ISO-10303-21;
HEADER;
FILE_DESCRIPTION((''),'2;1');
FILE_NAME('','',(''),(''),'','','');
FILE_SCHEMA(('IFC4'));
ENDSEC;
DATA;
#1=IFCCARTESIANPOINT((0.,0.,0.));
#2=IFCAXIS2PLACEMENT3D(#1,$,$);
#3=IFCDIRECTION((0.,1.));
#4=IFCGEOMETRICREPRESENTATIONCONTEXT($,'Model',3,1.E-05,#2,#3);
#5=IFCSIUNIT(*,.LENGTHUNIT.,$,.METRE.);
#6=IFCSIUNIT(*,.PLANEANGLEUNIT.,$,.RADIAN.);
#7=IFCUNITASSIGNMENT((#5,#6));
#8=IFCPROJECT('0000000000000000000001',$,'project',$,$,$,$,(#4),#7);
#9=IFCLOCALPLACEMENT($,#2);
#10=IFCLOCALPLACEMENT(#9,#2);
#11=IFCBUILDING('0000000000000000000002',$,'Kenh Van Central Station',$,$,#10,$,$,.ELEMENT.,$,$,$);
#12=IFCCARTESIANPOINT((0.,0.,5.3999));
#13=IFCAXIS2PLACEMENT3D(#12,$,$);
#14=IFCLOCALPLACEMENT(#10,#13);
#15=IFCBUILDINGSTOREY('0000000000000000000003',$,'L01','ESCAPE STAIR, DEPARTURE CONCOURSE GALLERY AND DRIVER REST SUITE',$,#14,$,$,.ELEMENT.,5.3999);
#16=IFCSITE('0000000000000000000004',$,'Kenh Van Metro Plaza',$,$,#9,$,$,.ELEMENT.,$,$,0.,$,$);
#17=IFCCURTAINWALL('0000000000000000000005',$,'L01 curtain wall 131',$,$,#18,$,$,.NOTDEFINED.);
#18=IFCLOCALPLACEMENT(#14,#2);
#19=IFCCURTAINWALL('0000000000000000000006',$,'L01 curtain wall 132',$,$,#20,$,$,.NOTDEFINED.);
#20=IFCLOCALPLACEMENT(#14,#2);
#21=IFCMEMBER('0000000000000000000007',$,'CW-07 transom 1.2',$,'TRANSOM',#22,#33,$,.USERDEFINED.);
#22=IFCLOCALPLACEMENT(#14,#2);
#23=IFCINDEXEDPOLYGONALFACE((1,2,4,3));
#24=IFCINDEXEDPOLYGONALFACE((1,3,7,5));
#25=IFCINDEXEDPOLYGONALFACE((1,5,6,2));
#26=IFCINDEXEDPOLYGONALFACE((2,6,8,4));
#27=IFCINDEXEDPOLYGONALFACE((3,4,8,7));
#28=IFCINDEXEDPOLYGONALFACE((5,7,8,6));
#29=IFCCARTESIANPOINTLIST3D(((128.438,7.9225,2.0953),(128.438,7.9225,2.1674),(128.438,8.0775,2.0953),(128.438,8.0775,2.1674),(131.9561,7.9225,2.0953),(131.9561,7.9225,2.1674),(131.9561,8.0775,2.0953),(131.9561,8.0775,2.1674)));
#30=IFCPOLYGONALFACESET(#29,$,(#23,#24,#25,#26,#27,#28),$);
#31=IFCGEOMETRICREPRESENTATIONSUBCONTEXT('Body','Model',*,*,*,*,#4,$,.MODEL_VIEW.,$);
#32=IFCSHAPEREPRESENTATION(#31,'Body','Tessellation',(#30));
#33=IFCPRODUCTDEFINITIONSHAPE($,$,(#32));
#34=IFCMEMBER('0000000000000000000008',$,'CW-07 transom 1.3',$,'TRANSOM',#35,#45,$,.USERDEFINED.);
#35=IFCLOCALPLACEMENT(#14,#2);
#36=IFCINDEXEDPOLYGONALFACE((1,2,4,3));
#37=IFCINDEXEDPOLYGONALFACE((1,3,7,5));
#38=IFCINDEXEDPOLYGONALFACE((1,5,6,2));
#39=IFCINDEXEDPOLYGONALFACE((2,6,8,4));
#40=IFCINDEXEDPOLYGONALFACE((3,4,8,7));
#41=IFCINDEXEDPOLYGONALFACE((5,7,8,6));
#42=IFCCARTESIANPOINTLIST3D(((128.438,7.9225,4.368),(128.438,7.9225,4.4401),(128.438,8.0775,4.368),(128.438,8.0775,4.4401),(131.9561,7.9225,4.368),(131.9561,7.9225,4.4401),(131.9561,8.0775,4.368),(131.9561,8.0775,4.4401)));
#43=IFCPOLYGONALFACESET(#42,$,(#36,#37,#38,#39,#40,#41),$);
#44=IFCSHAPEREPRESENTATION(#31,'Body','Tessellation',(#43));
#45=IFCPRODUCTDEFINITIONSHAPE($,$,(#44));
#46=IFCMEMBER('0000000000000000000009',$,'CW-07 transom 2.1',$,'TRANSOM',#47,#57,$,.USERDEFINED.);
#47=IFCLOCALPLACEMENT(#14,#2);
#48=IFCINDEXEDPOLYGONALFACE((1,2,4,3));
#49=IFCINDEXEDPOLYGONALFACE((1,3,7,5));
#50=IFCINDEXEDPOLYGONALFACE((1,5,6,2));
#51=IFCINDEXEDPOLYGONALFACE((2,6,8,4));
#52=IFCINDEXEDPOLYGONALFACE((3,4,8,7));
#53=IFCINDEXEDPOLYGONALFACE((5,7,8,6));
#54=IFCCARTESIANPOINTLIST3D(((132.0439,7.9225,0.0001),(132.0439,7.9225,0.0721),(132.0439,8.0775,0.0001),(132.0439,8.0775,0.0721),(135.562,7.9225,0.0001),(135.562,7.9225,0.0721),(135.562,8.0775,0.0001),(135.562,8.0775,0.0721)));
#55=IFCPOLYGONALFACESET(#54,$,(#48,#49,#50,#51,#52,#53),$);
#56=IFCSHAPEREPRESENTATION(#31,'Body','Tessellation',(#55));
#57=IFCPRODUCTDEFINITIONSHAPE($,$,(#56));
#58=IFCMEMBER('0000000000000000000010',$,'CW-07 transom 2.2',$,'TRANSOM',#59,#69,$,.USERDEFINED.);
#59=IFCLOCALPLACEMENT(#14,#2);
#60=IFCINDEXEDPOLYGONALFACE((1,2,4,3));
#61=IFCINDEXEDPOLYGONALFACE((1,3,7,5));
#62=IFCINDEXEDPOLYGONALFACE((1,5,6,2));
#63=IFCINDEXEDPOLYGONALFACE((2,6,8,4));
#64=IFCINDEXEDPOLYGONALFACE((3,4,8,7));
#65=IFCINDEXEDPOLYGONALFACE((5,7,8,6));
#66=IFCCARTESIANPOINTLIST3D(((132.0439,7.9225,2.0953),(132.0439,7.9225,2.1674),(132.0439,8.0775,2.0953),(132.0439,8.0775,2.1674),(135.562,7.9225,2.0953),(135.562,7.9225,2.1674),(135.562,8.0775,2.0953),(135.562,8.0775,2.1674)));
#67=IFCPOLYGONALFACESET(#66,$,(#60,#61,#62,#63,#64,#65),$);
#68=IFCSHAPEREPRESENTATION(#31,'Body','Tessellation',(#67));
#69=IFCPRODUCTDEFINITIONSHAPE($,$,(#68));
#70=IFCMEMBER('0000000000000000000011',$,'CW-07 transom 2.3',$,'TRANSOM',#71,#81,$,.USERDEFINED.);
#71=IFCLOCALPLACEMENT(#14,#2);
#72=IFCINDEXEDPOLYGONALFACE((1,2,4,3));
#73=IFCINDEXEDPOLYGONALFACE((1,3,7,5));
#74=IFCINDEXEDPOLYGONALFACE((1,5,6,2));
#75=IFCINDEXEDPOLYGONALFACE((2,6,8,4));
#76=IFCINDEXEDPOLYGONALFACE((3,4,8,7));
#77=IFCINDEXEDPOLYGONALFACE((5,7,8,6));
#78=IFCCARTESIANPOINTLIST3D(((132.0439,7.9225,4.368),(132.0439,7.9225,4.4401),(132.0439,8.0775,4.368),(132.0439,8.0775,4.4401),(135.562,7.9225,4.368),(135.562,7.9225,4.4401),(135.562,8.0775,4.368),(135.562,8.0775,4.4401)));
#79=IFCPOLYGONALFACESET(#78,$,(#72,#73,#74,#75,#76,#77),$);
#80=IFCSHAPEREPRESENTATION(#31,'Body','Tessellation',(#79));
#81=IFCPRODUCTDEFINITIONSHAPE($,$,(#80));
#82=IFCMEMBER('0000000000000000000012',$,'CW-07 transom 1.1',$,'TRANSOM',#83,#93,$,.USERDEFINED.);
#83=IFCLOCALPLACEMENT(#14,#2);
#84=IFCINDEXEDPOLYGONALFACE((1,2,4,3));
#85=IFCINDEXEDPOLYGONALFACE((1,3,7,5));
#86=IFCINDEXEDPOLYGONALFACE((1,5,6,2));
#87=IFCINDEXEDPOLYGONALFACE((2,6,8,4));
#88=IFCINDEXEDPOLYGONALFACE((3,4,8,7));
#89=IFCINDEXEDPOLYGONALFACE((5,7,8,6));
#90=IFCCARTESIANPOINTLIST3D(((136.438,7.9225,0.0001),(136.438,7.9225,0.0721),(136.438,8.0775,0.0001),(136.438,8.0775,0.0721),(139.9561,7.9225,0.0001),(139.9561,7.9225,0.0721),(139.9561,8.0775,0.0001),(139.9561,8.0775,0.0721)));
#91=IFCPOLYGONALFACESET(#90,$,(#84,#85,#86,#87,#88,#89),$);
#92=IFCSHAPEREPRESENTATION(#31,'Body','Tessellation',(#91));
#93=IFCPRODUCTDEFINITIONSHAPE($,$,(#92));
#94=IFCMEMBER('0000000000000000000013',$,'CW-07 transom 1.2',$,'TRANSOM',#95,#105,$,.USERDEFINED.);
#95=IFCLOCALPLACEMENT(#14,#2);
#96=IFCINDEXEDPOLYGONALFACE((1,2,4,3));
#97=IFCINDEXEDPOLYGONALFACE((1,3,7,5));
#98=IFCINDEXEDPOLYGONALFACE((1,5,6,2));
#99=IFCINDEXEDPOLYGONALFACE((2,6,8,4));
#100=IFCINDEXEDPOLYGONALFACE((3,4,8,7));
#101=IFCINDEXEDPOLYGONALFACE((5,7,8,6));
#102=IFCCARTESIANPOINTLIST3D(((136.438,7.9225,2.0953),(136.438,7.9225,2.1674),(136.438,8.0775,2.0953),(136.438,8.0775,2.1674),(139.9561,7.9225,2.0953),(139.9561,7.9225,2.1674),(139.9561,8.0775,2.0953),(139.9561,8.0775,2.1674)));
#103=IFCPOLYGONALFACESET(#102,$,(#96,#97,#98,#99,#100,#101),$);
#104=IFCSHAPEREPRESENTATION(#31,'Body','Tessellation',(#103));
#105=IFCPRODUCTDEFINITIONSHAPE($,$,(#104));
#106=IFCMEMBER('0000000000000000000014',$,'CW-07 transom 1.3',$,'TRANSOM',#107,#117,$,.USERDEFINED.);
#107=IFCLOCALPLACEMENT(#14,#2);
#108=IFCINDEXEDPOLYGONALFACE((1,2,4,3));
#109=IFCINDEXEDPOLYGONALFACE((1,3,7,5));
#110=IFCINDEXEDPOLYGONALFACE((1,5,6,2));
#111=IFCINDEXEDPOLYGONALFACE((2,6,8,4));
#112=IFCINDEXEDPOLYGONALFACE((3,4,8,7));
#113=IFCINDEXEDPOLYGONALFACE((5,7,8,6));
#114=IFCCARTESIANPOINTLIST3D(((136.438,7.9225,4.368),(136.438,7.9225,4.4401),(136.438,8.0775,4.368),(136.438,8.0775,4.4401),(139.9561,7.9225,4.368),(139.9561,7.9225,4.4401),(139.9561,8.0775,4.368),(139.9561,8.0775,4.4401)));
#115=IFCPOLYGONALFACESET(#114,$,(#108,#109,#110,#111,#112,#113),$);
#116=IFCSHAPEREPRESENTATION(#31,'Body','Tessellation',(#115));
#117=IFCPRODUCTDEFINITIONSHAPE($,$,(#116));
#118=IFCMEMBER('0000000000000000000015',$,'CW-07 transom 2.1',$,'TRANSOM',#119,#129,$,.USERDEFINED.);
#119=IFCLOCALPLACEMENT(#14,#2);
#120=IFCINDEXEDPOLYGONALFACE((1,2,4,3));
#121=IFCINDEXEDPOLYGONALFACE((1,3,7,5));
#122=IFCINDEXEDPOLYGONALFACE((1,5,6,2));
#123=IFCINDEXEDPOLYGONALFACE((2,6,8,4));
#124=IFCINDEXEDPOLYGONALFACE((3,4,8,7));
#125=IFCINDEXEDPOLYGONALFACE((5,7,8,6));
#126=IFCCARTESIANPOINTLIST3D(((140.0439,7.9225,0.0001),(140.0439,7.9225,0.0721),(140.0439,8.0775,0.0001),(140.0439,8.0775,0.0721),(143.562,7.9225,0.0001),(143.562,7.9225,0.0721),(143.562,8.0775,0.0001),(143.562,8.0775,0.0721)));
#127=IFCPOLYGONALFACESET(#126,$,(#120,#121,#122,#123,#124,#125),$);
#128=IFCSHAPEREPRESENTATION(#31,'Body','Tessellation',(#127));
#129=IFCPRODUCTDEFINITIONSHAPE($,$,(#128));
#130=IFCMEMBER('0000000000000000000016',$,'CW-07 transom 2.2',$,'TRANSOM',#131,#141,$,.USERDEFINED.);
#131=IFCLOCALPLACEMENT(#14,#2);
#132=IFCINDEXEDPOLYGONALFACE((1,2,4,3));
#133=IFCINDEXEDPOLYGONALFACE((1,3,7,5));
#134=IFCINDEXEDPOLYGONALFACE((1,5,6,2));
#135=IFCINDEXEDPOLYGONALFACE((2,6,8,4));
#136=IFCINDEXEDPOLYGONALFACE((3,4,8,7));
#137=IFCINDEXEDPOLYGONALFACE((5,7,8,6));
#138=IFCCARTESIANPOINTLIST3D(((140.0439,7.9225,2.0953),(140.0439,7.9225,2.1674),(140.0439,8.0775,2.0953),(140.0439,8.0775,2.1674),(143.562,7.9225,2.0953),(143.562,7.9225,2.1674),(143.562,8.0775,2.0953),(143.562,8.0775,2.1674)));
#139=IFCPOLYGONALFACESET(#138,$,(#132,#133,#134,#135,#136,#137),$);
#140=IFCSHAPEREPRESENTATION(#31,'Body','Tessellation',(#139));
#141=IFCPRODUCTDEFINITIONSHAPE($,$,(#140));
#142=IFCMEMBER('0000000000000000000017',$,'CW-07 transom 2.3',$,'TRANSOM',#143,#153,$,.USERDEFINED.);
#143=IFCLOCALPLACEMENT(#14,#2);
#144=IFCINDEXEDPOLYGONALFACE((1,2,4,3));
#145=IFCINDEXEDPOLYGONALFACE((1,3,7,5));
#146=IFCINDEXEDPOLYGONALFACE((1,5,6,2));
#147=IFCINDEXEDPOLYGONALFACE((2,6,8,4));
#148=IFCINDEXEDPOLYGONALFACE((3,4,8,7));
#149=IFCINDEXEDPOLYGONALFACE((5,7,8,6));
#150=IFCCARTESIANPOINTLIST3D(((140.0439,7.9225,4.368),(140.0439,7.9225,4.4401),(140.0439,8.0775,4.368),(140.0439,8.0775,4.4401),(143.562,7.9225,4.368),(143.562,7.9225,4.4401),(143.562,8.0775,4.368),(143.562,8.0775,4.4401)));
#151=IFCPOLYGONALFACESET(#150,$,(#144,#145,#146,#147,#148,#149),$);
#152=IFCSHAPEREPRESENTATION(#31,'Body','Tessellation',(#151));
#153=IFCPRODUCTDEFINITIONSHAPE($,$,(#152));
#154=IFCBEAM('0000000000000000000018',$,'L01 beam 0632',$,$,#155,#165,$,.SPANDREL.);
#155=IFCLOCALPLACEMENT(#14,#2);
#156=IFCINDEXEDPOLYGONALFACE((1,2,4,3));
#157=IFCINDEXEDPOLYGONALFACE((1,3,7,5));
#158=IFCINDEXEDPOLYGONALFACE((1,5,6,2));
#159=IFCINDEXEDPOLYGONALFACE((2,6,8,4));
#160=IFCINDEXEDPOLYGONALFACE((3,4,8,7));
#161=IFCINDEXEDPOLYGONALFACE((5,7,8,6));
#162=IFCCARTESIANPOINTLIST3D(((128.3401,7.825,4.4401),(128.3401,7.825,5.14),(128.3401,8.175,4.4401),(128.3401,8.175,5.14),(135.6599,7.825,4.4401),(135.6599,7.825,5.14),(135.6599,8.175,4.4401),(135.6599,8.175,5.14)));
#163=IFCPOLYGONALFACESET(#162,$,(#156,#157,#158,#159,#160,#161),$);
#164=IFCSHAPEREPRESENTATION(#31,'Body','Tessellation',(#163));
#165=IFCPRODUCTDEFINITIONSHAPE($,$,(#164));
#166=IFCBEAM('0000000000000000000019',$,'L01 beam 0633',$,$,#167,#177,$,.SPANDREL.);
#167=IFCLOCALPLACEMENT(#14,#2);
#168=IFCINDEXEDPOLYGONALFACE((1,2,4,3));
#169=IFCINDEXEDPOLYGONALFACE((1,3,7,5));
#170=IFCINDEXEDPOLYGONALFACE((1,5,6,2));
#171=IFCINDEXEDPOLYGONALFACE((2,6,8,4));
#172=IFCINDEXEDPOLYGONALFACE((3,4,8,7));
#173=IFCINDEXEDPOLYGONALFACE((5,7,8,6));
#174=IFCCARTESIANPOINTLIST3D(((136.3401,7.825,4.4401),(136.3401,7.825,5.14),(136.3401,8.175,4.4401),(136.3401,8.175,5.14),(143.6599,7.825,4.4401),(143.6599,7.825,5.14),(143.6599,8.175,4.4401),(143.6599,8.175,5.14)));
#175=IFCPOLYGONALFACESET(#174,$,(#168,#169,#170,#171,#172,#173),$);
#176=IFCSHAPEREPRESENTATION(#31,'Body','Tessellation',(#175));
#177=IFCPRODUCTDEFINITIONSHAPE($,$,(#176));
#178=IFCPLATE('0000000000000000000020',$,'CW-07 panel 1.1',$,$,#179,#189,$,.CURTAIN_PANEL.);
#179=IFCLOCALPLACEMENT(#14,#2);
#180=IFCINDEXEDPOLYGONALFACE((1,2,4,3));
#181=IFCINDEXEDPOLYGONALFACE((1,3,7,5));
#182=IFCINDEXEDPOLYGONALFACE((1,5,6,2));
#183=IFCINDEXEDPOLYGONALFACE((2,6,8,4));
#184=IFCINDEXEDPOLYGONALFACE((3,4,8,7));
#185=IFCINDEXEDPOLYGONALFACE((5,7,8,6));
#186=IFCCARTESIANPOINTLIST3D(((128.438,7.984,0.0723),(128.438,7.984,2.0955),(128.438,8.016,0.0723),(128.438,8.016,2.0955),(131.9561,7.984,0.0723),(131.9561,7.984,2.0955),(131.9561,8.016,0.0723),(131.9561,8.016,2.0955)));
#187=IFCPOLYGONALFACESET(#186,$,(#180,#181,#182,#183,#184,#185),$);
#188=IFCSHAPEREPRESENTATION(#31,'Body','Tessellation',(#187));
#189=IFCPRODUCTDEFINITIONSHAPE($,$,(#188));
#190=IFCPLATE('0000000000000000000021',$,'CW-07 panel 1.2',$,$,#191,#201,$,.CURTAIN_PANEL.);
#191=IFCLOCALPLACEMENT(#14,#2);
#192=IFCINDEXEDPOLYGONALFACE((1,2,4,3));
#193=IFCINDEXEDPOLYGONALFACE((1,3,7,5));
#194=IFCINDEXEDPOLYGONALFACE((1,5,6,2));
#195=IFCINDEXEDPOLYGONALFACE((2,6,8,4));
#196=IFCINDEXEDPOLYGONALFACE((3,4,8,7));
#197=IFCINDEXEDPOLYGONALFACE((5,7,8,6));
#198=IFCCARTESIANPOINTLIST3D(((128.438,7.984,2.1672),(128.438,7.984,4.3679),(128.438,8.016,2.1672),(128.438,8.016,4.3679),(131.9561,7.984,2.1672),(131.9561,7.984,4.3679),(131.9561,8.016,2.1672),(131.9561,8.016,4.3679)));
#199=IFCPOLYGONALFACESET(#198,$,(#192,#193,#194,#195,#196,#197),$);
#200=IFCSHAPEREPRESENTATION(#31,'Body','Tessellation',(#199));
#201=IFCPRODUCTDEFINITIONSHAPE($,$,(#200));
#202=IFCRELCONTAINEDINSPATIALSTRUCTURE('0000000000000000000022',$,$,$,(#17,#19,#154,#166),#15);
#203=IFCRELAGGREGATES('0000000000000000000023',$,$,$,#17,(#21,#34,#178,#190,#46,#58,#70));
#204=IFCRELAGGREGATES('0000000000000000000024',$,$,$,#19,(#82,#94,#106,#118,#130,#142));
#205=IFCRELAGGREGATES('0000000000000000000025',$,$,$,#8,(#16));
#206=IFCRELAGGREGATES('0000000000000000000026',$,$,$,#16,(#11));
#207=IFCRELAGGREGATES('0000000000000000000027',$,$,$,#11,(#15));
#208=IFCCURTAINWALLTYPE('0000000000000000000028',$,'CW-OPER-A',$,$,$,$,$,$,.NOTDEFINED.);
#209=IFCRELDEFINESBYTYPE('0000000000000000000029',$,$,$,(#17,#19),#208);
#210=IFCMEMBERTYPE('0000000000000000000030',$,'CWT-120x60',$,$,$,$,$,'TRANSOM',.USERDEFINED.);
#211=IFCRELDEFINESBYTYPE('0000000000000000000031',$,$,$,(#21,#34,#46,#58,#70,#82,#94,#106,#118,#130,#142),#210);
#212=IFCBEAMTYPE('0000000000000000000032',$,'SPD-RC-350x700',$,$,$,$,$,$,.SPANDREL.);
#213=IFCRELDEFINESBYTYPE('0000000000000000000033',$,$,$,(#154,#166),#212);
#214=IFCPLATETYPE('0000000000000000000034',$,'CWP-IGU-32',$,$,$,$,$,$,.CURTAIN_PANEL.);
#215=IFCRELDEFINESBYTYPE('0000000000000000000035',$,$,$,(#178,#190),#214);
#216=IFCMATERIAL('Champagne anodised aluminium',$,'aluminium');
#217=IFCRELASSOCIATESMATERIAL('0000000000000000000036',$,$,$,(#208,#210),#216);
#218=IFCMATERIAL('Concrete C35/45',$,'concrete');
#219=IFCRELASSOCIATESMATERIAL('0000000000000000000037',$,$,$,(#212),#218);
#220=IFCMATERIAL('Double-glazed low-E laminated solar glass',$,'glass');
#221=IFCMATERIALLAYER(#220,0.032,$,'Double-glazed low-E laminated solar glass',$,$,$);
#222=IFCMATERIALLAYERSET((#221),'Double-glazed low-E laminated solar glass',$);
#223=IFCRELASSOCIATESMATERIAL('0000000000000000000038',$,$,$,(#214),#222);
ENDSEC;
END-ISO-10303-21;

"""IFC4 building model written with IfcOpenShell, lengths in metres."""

from ifc_helpers import new_model, si_unit, direction, frame, origin, origin_2d, place, context, subcontext, project, spatial, rectangle, extrude, material, layer, layer_set, material_profile, profile_set, type_object, element, aggregate, save


model = new_model("IFC4")

# Units and contexts
model_context = context("Model", 3, precision=1e-05, world=origin(), true_north=direction((0.0, 1.0)))
body_context = subcontext(model_context, "Body", "Model", "MODEL_VIEW")
ifc_project = project(units=[si_unit("LENGTHUNIT", "METRE"), si_unit("PLANEANGLEUNIT", "RADIAN")], contexts=[model_context])

# Site, building, storey
site_placement = place(None, origin())
site = spatial("IfcSite", under=ifc_project, at=site_placement, Name="Kenh Van Metro Plaza", CompositionType="ELEMENT", RefElevation=0.0)
building_placement = place(site_placement, origin())
building = spatial("IfcBuilding", under=site, at=building_placement, Name="Kenh Van Central Station", CompositionType="ELEMENT")
storey_placement = place(building_placement, frame((0.0, 0.0, 5.3999)))
storey = spatial("IfcBuildingStorey", under=building, at=storey_placement, Name="L01", Description="ESCAPE STAIR, DEPARTURE CONCOURSE GALLERY AND DRIVER REST SUITE", CompositionType="ELEMENT", Elevation=5.3999)

# Shared definitions
ifc_material_1 = material(Name="Concrete C35/45", Category="concrete")

# Curtain walls
ifc_material_2 = material(Name="Champagne anodised aluminium", Category="aluminium")
curtain_wall_type = type_object("IfcCurtainWallType", Name="CW-OPER-A", PredefinedType="NOTDEFINED", material=ifc_material_2)
curtain_wall_1_placement = place(storey_placement, origin())
curtain_wall_1 = element("IfcCurtainWall", 1, at=curtain_wall_1_placement, inside=storey, type_object=curtain_wall_type, Name="L01 curtain wall 131", PredefinedType="NOTDEFINED")
curtain_wall_2_placement = place(storey_placement, origin())
curtain_wall_2 = element("IfcCurtainWall", 2, at=curtain_wall_2_placement, inside=storey, type_object=curtain_wall_type, Name="L01 curtain wall 132", PredefinedType="NOTDEFINED")

# Members
ifc_material_profile_1 = material_profile(ifc_material_2, rectangle(XDim=0.155, YDim=0.072, at=origin_2d()), Name="AL 155x72")
ifc_profile_set_1 = profile_set([ifc_material_profile_1], Name="Champagne anodised aluminium")
member_type_1 = type_object("IfcMemberType", Name="CWT-120x60", ElementType="TRANSOM", PredefinedType="USERDEFINED", material=ifc_profile_set_1)
member_1_placement = place(storey_placement, frame((128.438, 8.0, 2.1313), z_axis=(1.0, 0.0, 0.0), x_axis=(0.0, 1.0, 0.0)))
member_1 = element("IfcMember", 3, at=member_1_placement, type_object=member_type_1, Name="CW-07 transom 1.2", ObjectType="TRANSOM", PredefinedType="USERDEFINED", context=body_context, shape_type="SweptSolid", body=[
    extrude(rectangle(XDim=0.155, YDim=0.072, at=origin_2d()), origin(), (0.0, 0.0, 1.0), 3.5181),
])
member_2_placement = place(storey_placement, frame((128.438, 8.0, 4.4041), z_axis=(1.0, 0.0, 0.0), x_axis=(0.0, 1.0, 0.0)))
member_2 = element("IfcMember", 4, at=member_2_placement, type_object=member_type_1, Name="CW-07 transom 1.3", ObjectType="TRANSOM", PredefinedType="USERDEFINED", context=body_context, shape_type="SweptSolid", body=[
    extrude(rectangle(XDim=0.155, YDim=0.072, at=origin_2d()), origin(), (0.0, 0.0, 1.0), 3.5181),
])
member_3_placement = place(storey_placement, frame((132.0439, 8.0, 0.0361), z_axis=(1.0, 0.0, 0.0), x_axis=(0.0, 1.0, 0.0)))
member_3 = element("IfcMember", 5, at=member_3_placement, type_object=member_type_1, Name="CW-07 transom 2.1", ObjectType="TRANSOM", PredefinedType="USERDEFINED", context=body_context, shape_type="SweptSolid", body=[
    extrude(rectangle(XDim=0.155, YDim=0.072, at=origin_2d()), origin(), (0.0, 0.0, 1.0), 3.5181),
])
member_4_placement = place(storey_placement, frame((132.0439, 8.0, 2.1313), z_axis=(1.0, 0.0, 0.0), x_axis=(0.0, 1.0, 0.0)))
member_4 = element("IfcMember", 6, at=member_4_placement, type_object=member_type_1, Name="CW-07 transom 2.2", ObjectType="TRANSOM", PredefinedType="USERDEFINED", context=body_context, shape_type="SweptSolid", body=[
    extrude(rectangle(XDim=0.155, YDim=0.072, at=origin_2d()), origin(), (0.0, 0.0, 1.0), 3.5181),
])
member_5_placement = place(storey_placement, frame((132.0439, 8.0, 4.4041), z_axis=(1.0, 0.0, 0.0), x_axis=(0.0, 1.0, 0.0)))
member_5 = element("IfcMember", 7, at=member_5_placement, type_object=member_type_1, Name="CW-07 transom 2.3", ObjectType="TRANSOM", PredefinedType="USERDEFINED", context=body_context, shape_type="SweptSolid", body=[
    extrude(rectangle(XDim=0.155, YDim=0.072, at=origin_2d()), origin(), (0.0, 0.0, 1.0), 3.5181),
])
member_6_placement = place(storey_placement, frame((136.438, 8.0, 0.0361), z_axis=(1.0, 0.0, 0.0), x_axis=(0.0, 1.0, 0.0)))
member_6 = element("IfcMember", 8, at=member_6_placement, type_object=member_type_1, Name="CW-07 transom 1.1", ObjectType="TRANSOM", PredefinedType="USERDEFINED", context=body_context, shape_type="SweptSolid", body=[
    extrude(rectangle(XDim=0.155, YDim=0.072, at=origin_2d()), origin(), (0.0, 0.0, 1.0), 3.5181),
])
member_7_placement = place(storey_placement, frame((136.438, 8.0, 2.1313), z_axis=(1.0, 0.0, 0.0), x_axis=(0.0, 1.0, 0.0)))
member_7 = element("IfcMember", 9, at=member_7_placement, type_object=member_type_1, Name="CW-07 transom 1.2", ObjectType="TRANSOM", PredefinedType="USERDEFINED", context=body_context, shape_type="SweptSolid", body=[
    extrude(rectangle(XDim=0.155, YDim=0.072, at=origin_2d()), origin(), (0.0, 0.0, 1.0), 3.5181),
])
member_8_placement = place(storey_placement, frame((136.438, 8.0, 4.4041), z_axis=(1.0, 0.0, 0.0), x_axis=(0.0, 1.0, 0.0)))
member_8 = element("IfcMember", 10, at=member_8_placement, type_object=member_type_1, Name="CW-07 transom 1.3", ObjectType="TRANSOM", PredefinedType="USERDEFINED", context=body_context, shape_type="SweptSolid", body=[
    extrude(rectangle(XDim=0.155, YDim=0.072, at=origin_2d()), origin(), (0.0, 0.0, 1.0), 3.5181),
])
member_9_placement = place(storey_placement, frame((140.0439, 8.0, 0.0361), z_axis=(1.0, 0.0, 0.0), x_axis=(0.0, 1.0, 0.0)))
member_9 = element("IfcMember", 11, at=member_9_placement, type_object=member_type_1, Name="CW-07 transom 2.1", ObjectType="TRANSOM", PredefinedType="USERDEFINED", context=body_context, shape_type="SweptSolid", body=[
    extrude(rectangle(XDim=0.155, YDim=0.072, at=origin_2d()), origin(), (0.0, 0.0, 1.0), 3.5181),
])
member_10_placement = place(storey_placement, frame((140.0439, 8.0, 2.1313), z_axis=(1.0, 0.0, 0.0), x_axis=(0.0, 1.0, 0.0)))
member_10 = element("IfcMember", 12, at=member_10_placement, type_object=member_type_1, Name="CW-07 transom 2.2", ObjectType="TRANSOM", PredefinedType="USERDEFINED", context=body_context, shape_type="SweptSolid", body=[
    extrude(rectangle(XDim=0.155, YDim=0.072, at=origin_2d()), origin(), (0.0, 0.0, 1.0), 3.5181),
])
member_11_placement = place(storey_placement, frame((140.0439, 8.0, 4.4041), z_axis=(1.0, 0.0, 0.0), x_axis=(0.0, 1.0, 0.0)))
member_11 = element("IfcMember", 13, at=member_11_placement, type_object=member_type_1, Name="CW-07 transom 2.3", ObjectType="TRANSOM", PredefinedType="USERDEFINED", context=body_context, shape_type="SweptSolid", body=[
    extrude(rectangle(XDim=0.155, YDim=0.072, at=origin_2d()), origin(), (0.0, 0.0, 1.0), 3.5181),
])

# Beams
ifc_material_profile_2 = material_profile(ifc_material_1, rectangle(XDim=0.3501, YDim=0.7, at=origin_2d()), Name="RC 350x700")
ifc_profile_set_2 = profile_set([ifc_material_profile_2], Name="Concrete C35/45")
beam_type_1 = type_object("IfcBeamType", Name="SPD-RC-350x700", PredefinedType="SPANDREL", material=ifc_profile_set_2)
for number, where, z_axis, x_axis, name in (
    (14, (128.3401, 8.0, 4.79), (1.0, 0.0, 0.0), (0.0, 1.0, 0.0), "L01 beam 0632"),
    (15, (136.3401, 8.0, 4.79), (1.0, 0.0, 0.0), (0.0, 1.0, 0.0), "L01 beam 0633"),
):
    element("IfcBeam", number, at=place(storey_placement, frame(where, z_axis=z_axis, x_axis=x_axis)), inside=storey, type_object=beam_type_1, Name=name, PredefinedType="SPANDREL", context=body_context, shape_type="SweptSolid", body=[
        extrude(rectangle(XDim=0.3501, YDim=0.7, at=origin_2d()), origin(), (0.0, 0.0, 1.0), 7.3198),
    ])

# Plates
ifc_material_3 = material(Name="Double-glazed low-E laminated solar glass", Category="glass")
ifc_layer = layer(ifc_material_3, 0.032, Name="Double-glazed low-E laminated solar glass")
ifc_layer_set = layer_set([ifc_layer], Name="Double-glazed low-E laminated solar glass")
plate_type = type_object("IfcPlateType", Name="CWP-IGU-32", PredefinedType="CURTAIN_PANEL", material=ifc_layer_set)
plate_1_placement = place(storey_placement, frame((130.197, 8.0, 0.0723), z_axis=(0.0, 0.0, 1.0), x_axis=(1.0, 0.0, 0.0)))
plate_1 = element("IfcPlate", 16, at=plate_1_placement, type_object=plate_type, Name="CW-07 panel 1.1", PredefinedType="CURTAIN_PANEL", context=body_context, shape_type="SweptSolid", body=[
    extrude(rectangle(XDim=3.5181, YDim=0.032, at=origin_2d()), origin(), (0.0, 0.0, 1.0), 2.0232),
])
plate_2_placement = place(storey_placement, frame((130.197, 8.0, 2.1672), z_axis=(0.0, 0.0, 1.0), x_axis=(1.0, 0.0, 0.0)))
plate_2 = element("IfcPlate", 17, at=plate_2_placement, type_object=plate_type, Name="CW-07 panel 1.2", PredefinedType="CURTAIN_PANEL", context=body_context, shape_type="SweptSolid", body=[
    extrude(rectangle(XDim=3.5181, YDim=0.032, at=origin_2d()), origin(), (0.0, 0.0, 1.0), 2.2007),
])
aggregate(curtain_wall_1, [member_1, member_2, plate_1, plate_2, member_3, member_4, member_5])
aggregate(curtain_wall_2, [member_6, member_7, member_8, member_9, member_10, member_11])

save(model, "model.ifc")
